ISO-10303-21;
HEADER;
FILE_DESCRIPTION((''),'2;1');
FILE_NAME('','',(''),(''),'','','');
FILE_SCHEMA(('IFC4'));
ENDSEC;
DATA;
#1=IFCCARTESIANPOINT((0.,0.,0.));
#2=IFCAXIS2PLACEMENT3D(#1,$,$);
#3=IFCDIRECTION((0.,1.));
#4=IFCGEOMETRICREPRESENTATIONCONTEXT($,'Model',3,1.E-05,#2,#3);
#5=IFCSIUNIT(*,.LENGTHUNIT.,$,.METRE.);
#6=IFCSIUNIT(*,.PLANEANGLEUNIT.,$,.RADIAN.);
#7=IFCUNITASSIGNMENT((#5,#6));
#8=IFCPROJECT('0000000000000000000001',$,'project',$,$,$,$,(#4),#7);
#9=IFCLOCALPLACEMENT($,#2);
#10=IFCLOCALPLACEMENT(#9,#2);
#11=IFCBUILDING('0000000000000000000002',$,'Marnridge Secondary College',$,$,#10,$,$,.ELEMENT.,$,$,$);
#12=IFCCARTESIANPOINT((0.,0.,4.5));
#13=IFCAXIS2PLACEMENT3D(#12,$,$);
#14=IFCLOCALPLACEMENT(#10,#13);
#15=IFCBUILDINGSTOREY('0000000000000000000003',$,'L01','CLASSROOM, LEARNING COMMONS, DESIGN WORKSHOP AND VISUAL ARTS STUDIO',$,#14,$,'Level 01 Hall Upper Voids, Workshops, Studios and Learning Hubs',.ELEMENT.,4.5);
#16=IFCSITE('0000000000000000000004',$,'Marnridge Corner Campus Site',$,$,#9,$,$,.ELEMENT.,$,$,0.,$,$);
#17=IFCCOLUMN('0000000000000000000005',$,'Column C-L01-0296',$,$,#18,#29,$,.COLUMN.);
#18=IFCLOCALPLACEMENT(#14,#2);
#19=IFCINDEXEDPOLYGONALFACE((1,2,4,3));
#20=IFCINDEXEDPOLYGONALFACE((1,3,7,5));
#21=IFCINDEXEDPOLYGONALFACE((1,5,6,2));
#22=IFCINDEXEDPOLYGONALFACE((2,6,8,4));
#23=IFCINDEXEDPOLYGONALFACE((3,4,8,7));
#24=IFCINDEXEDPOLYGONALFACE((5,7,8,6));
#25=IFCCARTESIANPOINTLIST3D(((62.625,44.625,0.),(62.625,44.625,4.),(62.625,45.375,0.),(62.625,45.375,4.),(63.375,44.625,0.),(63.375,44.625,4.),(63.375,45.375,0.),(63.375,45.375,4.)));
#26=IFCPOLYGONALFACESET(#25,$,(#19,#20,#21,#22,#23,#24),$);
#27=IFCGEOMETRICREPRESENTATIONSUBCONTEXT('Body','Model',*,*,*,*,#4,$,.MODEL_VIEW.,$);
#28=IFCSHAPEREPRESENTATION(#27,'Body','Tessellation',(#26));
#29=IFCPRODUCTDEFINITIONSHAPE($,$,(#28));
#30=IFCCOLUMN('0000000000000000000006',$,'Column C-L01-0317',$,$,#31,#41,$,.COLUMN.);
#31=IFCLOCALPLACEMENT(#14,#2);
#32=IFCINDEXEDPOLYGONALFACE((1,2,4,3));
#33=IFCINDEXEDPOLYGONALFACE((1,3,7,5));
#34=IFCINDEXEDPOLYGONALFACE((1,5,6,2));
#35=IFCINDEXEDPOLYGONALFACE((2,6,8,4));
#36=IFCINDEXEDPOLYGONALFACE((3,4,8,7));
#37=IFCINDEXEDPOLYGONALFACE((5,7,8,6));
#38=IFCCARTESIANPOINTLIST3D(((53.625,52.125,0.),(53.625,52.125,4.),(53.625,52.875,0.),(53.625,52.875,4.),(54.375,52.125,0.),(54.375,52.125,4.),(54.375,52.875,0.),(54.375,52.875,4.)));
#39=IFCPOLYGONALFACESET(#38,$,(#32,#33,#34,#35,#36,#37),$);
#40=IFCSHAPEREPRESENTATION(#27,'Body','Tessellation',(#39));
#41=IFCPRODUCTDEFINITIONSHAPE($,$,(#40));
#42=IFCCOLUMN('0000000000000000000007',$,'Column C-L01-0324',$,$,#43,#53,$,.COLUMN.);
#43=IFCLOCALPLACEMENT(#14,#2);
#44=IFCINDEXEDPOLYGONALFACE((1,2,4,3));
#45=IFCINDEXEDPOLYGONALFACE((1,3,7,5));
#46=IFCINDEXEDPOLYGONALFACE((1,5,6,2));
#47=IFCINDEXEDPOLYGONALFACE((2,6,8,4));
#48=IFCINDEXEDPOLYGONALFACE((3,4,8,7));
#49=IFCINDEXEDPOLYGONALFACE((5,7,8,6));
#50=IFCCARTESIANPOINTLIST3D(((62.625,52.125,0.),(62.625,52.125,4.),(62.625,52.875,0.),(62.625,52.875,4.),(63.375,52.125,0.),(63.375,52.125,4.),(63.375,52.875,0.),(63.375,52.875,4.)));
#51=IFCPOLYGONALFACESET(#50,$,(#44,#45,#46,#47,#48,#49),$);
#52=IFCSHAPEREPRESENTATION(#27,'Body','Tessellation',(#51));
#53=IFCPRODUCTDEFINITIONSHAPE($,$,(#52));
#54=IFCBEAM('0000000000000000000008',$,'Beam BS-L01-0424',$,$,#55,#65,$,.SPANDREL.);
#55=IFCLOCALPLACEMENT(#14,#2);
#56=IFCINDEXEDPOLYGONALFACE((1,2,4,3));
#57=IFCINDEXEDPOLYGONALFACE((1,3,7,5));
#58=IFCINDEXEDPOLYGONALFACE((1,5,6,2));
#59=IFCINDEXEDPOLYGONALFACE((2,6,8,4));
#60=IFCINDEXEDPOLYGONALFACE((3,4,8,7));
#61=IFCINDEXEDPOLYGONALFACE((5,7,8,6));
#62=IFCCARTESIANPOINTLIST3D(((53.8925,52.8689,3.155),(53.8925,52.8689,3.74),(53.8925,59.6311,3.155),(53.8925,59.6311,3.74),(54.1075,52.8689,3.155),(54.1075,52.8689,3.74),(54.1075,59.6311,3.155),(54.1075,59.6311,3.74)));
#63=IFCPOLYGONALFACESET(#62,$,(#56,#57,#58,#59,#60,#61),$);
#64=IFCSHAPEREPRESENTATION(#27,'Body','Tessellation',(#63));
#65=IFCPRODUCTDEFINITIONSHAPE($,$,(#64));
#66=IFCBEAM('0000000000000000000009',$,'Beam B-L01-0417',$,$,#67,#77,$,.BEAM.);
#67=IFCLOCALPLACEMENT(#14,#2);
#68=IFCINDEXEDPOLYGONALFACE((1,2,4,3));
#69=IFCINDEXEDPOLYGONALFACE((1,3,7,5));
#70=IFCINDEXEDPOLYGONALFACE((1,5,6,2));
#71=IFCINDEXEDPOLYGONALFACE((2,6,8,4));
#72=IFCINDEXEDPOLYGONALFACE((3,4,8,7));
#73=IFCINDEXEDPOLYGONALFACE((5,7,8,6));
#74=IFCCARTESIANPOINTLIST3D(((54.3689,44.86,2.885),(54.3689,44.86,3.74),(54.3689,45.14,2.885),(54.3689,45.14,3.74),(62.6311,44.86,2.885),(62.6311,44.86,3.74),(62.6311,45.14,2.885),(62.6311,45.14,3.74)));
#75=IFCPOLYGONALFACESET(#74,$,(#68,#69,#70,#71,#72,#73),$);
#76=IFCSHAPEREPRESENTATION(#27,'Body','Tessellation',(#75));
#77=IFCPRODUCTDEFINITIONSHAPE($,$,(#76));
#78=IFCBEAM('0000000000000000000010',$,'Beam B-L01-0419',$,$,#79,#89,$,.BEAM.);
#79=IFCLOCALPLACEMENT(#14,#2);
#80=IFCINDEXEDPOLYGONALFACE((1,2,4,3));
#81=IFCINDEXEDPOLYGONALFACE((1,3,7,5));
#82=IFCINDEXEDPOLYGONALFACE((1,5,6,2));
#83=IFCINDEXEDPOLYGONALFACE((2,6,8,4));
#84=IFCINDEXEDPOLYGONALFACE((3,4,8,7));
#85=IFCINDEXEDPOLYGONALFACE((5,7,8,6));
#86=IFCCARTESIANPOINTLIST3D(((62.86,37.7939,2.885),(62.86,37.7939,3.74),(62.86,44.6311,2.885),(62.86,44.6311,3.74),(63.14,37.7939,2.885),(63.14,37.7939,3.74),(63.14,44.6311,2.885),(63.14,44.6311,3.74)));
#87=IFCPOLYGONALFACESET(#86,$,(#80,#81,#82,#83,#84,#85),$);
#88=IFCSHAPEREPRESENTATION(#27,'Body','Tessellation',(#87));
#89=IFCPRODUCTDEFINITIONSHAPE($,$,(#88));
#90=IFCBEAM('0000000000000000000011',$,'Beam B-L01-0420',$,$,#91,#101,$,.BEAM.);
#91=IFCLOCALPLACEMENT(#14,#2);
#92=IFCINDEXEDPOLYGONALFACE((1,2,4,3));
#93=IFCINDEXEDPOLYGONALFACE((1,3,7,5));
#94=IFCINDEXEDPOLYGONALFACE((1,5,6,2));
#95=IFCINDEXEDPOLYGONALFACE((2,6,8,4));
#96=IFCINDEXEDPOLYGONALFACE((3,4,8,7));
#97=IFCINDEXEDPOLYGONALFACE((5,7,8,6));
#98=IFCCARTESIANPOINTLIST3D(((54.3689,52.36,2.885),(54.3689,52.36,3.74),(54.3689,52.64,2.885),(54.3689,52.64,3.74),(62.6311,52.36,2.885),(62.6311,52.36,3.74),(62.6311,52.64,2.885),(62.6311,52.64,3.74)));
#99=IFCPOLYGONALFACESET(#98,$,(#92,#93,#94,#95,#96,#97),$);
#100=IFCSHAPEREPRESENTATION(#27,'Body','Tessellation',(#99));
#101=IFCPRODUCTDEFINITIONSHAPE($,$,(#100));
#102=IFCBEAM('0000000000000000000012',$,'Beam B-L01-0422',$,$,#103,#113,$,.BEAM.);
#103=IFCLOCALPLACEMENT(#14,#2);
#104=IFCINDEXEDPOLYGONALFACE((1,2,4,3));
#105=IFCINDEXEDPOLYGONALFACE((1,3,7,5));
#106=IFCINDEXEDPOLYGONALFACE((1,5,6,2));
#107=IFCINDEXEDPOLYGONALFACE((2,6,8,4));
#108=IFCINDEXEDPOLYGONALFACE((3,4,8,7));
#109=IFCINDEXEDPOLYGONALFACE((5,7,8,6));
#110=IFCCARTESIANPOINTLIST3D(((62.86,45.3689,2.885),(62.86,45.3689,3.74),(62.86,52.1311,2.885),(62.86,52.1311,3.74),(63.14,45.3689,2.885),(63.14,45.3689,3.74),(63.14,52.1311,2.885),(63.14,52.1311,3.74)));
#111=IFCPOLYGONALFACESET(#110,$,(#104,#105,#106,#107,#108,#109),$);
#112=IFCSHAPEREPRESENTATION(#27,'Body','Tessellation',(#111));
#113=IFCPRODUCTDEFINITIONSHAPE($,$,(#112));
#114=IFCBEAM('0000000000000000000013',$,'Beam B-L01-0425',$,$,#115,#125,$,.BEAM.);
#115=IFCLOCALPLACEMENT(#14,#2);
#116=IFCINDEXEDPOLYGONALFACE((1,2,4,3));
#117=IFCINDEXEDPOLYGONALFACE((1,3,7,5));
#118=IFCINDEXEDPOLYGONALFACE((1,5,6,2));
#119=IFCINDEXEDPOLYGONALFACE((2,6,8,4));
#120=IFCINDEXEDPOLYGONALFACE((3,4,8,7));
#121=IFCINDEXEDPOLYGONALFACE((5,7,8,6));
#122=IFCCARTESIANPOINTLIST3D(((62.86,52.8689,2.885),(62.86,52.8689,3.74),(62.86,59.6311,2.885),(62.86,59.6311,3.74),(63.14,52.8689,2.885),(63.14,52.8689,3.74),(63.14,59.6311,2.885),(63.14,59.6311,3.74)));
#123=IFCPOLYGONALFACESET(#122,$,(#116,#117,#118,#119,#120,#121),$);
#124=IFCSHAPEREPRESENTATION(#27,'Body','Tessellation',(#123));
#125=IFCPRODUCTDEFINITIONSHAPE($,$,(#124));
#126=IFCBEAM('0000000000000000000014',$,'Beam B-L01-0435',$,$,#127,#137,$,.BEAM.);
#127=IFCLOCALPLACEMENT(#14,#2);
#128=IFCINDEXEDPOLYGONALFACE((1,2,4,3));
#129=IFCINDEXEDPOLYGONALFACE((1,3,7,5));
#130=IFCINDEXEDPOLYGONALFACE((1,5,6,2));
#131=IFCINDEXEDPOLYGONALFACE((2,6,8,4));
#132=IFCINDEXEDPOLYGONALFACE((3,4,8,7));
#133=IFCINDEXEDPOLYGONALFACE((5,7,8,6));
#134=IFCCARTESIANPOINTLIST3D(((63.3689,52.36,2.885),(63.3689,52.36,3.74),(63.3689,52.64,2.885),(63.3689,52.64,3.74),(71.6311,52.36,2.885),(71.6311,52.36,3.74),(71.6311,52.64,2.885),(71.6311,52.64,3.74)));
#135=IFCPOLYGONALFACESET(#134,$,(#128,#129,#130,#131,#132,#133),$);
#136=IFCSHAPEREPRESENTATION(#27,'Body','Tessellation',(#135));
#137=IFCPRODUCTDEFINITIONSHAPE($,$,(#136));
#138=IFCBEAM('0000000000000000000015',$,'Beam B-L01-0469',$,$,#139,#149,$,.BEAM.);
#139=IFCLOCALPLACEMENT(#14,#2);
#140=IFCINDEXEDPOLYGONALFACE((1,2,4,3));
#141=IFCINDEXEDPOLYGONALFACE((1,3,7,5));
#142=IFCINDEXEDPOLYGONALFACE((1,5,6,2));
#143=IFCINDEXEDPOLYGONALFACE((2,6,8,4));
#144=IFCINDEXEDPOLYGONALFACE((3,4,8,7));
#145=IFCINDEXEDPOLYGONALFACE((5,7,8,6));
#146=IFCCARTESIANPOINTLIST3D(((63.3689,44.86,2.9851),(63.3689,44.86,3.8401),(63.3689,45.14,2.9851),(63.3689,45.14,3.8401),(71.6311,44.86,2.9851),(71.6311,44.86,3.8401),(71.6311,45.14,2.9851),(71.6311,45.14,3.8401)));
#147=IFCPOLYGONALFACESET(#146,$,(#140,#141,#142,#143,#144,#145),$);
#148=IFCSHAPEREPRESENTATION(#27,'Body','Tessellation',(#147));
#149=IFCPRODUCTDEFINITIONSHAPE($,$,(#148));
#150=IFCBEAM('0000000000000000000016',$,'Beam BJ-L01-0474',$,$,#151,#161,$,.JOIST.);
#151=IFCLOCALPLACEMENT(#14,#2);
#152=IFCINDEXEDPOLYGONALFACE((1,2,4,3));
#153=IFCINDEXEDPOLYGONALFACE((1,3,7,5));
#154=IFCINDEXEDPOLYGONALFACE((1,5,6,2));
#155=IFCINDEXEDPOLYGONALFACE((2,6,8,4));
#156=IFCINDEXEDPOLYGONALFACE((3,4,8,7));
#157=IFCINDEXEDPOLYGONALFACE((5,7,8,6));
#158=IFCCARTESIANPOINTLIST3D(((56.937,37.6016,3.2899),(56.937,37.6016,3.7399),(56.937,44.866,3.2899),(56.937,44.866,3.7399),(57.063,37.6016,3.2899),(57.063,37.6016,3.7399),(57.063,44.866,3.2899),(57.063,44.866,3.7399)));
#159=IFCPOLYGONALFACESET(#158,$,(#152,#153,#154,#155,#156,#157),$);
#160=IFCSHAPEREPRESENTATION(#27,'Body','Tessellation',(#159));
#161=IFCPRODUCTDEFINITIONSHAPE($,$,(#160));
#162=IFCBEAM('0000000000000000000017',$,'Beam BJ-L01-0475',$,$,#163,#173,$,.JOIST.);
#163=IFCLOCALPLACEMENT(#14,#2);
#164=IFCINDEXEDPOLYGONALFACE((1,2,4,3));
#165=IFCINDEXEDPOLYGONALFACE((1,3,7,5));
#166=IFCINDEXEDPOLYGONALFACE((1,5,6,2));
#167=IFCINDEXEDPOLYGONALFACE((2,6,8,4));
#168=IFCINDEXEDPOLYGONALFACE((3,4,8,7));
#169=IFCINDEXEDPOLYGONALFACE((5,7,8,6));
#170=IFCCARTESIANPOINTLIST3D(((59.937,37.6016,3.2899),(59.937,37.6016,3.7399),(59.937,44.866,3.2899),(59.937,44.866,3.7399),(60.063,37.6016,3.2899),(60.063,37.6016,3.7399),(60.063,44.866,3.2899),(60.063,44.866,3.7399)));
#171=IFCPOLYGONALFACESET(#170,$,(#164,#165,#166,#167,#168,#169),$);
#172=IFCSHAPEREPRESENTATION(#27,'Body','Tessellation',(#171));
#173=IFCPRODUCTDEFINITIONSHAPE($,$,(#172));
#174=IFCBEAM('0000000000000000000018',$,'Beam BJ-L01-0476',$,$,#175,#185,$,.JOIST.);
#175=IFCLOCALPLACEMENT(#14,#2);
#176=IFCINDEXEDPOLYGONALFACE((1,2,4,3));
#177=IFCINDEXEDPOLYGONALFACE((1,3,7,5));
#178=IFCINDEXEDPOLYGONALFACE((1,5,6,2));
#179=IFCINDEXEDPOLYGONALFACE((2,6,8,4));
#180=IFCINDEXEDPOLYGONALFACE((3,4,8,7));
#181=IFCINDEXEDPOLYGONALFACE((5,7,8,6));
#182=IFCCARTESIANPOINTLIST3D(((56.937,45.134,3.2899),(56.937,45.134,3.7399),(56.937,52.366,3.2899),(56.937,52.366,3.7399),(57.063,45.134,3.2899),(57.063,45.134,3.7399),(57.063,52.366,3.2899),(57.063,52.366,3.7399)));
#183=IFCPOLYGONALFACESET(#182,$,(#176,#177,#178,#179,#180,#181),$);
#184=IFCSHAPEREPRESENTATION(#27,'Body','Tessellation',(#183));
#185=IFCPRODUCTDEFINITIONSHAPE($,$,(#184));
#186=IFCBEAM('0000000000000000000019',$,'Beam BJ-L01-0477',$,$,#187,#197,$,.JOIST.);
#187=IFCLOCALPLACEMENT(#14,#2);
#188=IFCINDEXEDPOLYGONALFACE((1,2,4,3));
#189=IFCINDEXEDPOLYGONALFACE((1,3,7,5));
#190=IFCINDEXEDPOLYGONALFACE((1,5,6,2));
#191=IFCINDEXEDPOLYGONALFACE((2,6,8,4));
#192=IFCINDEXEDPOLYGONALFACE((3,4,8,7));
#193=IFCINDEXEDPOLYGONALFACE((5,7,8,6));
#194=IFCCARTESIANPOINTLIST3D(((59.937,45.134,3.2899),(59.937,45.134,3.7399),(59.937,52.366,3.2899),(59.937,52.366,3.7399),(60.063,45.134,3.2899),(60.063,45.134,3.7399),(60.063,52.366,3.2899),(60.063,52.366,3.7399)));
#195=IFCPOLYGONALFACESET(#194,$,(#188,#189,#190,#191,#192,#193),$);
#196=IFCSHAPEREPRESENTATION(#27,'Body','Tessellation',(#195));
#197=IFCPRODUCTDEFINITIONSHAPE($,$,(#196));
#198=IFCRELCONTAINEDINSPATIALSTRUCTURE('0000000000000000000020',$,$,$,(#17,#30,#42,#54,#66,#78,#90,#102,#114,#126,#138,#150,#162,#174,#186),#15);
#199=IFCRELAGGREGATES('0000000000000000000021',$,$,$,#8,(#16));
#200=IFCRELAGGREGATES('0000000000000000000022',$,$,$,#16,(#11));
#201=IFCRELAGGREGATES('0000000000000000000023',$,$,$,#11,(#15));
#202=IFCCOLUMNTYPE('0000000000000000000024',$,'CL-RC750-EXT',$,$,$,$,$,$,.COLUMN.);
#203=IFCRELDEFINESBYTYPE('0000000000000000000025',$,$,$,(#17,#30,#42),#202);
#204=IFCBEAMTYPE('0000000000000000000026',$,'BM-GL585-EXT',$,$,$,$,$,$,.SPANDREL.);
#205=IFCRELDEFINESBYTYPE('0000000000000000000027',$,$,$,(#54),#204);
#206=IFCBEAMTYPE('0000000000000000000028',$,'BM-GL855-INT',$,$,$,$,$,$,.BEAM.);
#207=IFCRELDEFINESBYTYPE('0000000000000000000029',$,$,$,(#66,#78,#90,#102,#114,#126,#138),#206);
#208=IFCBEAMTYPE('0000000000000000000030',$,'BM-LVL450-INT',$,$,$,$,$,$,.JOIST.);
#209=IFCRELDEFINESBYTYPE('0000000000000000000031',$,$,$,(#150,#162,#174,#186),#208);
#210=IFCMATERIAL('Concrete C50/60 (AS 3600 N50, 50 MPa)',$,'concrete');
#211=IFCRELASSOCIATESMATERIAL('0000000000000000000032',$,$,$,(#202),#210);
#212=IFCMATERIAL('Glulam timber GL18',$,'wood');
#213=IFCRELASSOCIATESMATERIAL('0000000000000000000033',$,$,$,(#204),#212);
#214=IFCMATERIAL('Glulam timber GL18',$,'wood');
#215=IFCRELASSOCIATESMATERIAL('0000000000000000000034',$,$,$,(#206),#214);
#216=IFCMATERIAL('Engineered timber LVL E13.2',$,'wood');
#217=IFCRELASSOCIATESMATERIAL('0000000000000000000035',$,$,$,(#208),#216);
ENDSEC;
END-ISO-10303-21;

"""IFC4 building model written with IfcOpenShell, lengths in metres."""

from ifc_helpers import new_model, si_unit, direction, frame, origin, origin_2d, place, context, subcontext, project, spatial, rectangle, extrude, material, material_profile, profile_set, type_object, element, save


model = new_model("IFC4")

# Units and contexts
model_context = context("Model", 3, precision=1e-05, world=origin(), true_north=direction((0.0, 1.0)))
body_context = subcontext(model_context, "Body", "Model", "MODEL_VIEW")
ifc_project = project(units=[si_unit("LENGTHUNIT", "METRE"), si_unit("PLANEANGLEUNIT", "RADIAN")], contexts=[model_context])

# Site, building, storey
site_placement = place(None, origin())
site = spatial("IfcSite", under=ifc_project, at=site_placement, Name="Marnridge Corner Campus Site", CompositionType="ELEMENT", RefElevation=0.0)
building_placement = place(site_placement, origin())
building = spatial("IfcBuilding", under=site, at=building_placement, Name="Marnridge Secondary College", CompositionType="ELEMENT")
storey_placement = place(building_placement, frame((0.0, 0.0, 4.5)))
storey = spatial("IfcBuildingStorey", under=building, at=storey_placement, Name="L01", Description="CLASSROOM, LEARNING COMMONS, DESIGN WORKSHOP AND VISUAL ARTS STUDIO", LongName="Level 01 Hall Upper Voids, Workshops, Studios and Learning Hubs", CompositionType="ELEMENT", Elevation=4.5)

# Columns
ifc_material_1 = material(Name="Concrete C50/60 (AS 3600 N50, 50 MPa)", Category="concrete")
ifc_material_profile_1 = material_profile(ifc_material_1, rectangle(XDim=0.75, YDim=0.75, at=origin_2d()), Name="RC 750x750")
ifc_profile_set_1 = profile_set([ifc_material_profile_1], Name="Concrete C50/60 (AS 3600 N50, 50 MPa)")
column_type = type_object("IfcColumnType", Name="CL-RC750-EXT", PredefinedType="COLUMN", material=ifc_profile_set_1)
for number, where, z_axis, x_axis, name in (
    (1, (63.0, 45.0, 0.0), (0.0, 0.0, 1.0), (1.0, 0.0, 0.0), "Column C-L01-0296"),
    (2, (54.0, 52.5, 0.0), (0.0, 0.0, 1.0), (1.0, 0.0, 0.0), "Column C-L01-0317"),
    (3, (63.0, 52.5, 0.0), (0.0, 0.0, 1.0), (1.0, 0.0, 0.0), "Column C-L01-0324"),
):
    element("IfcColumn", number, at=place(storey_placement, frame(where, z_axis=z_axis, x_axis=x_axis)), inside=storey, type_object=column_type, Name=name, PredefinedType="COLUMN", context=body_context, shape_type="SweptSolid", body=[
        extrude(rectangle(XDim=0.75, YDim=0.75, at=origin_2d()), origin(), (0.0, 0.0, 1.0), 4.0),
    ])

# Beams
ifc_material_2 = material(Name="Glulam timber GL18", Category="wood")
ifc_material_profile_2 = material_profile(ifc_material_2, rectangle(XDim=0.2151, YDim=0.585, at=origin_2d()), Name="GL18 215x585")
ifc_profile_set_2 = profile_set([ifc_material_profile_2], Name="Glulam timber GL18")
beam_type_1 = type_object("IfcBeamType", Name="BM-GL585-EXT", PredefinedType="SPANDREL", material=ifc_profile_set_2)
beam_1_placement = place(storey_placement, frame((54.0, 52.8689, 3.4475), z_axis=(0.0, 1.0, 0.0), x_axis=(-1.0, 0.0, 0.0)))
element("IfcBeam", 4, at=beam_1_placement, inside=storey, type_object=beam_type_1, Name="Beam BS-L01-0424", PredefinedType="SPANDREL", context=body_context, shape_type="SweptSolid", body=[
    extrude(rectangle(XDim=0.2151, YDim=0.585, at=origin_2d()), origin(), (0.0, 0.0, 1.0), 6.7622),
])
ifc_material_3 = material(Name="Glulam timber GL18", Category="wood")
ifc_material_profile_3 = material_profile(ifc_material_3, rectangle(XDim=0.28, YDim=0.855, at=origin_2d()), Name="GL18 280x855")
ifc_profile_set_3 = profile_set([ifc_material_profile_3], Name="Glulam timber GL18")
beam_type_2 = type_object("IfcBeamType", Name="BM-GL855-INT", PredefinedType="BEAM", material=ifc_profile_set_3)
beam_2_placement = place(storey_placement, frame((54.3689, 45.0, 3.3125), z_axis=(1.0, 0.0, 0.0), x_axis=(0.0, 1.0, 0.0)))
element("IfcBeam", 5, at=beam_2_placement, inside=storey, type_object=beam_type_2, Name="Beam B-L01-0417", PredefinedType="BEAM", context=body_context, shape_type="SweptSolid", body=[
    extrude(rectangle(XDim=0.28, YDim=0.855, at=origin_2d()), origin(), (0.0, 0.0, 1.0), 8.2622),
])
beam_3_placement = place(storey_placement, frame((63.0, 37.7939, 3.3125), z_axis=(0.0, 1.0, 0.0), x_axis=(-1.0, 0.0, 0.0)))
element("IfcBeam", 6, at=beam_3_placement, inside=storey, type_object=beam_type_2, Name="Beam B-L01-0419", PredefinedType="BEAM", context=body_context, shape_type="SweptSolid", body=[
    extrude(rectangle(XDim=0.28, YDim=0.855, at=origin_2d()), origin(), (0.0, 0.0, 1.0), 6.8372),
])
beam_4_placement = place(storey_placement, frame((54.3689, 52.5, 3.3125), z_axis=(1.0, 0.0, 0.0), x_axis=(0.0, 1.0, 0.0)))
element("IfcBeam", 7, at=beam_4_placement, inside=storey, type_object=beam_type_2, Name="Beam B-L01-0420", PredefinedType="BEAM", context=body_context, shape_type="SweptSolid", body=[
    extrude(rectangle(XDim=0.28, YDim=0.855, at=origin_2d()), origin(), (0.0, 0.0, 1.0), 8.2622),
])
for number, where, z_axis, x_axis, name in (
    (8, (63.0, 45.3689, 3.3125), (0.0, 1.0, 0.0), (-1.0, 0.0, 0.0), "Beam B-L01-0422"),
    (9, (63.0, 52.8689, 3.3125), (0.0, 1.0, 0.0), (-1.0, 0.0, 0.0), "Beam B-L01-0425"),
):
    element("IfcBeam", number, at=place(storey_placement, frame(where, z_axis=z_axis, x_axis=x_axis)), inside=storey, type_object=beam_type_2, Name=name, PredefinedType="BEAM", context=body_context, shape_type="SweptSolid", body=[
        extrude(rectangle(XDim=0.28, YDim=0.855, at=origin_2d()), origin(), (0.0, 0.0, 1.0), 6.7622),
    ])
for number, where, z_axis, x_axis, name in (
    (10, (63.3689, 52.5, 3.3125), (1.0, 0.0, 0.0), (0.0, 1.0, 0.0), "Beam B-L01-0435"),
    (11, (63.3689, 45.0, 3.4126), (1.0, 0.0, 0.0), (0.0, 1.0, 0.0), "Beam B-L01-0469"),
):
    element("IfcBeam", number, at=place(storey_placement, frame(where, z_axis=z_axis, x_axis=x_axis)), inside=storey, type_object=beam_type_2, Name=name, PredefinedType="BEAM", context=body_context, shape_type="SweptSolid", body=[
        extrude(rectangle(XDim=0.28, YDim=0.855, at=origin_2d()), origin(), (0.0, 0.0, 1.0), 8.2622),
    ])
ifc_material_4 = material(Name="Engineered timber LVL E13.2", Category="wood")
ifc_material_profile_4 = material_profile(ifc_material_4, rectangle(XDim=0.126, YDim=0.45, at=origin_2d()), Name="LVL 126x450")
ifc_profile_set_4 = profile_set([ifc_material_profile_4], Name="Engineered timber LVL E13.2")
beam_type_3 = type_object("IfcBeamType", Name="BM-LVL450-INT", PredefinedType="JOIST", material=ifc_profile_set_4)
for number, where, z_axis, x_axis, name in (
    (12, (57.0, 37.6016, 3.5149), (0.0, 1.0, 0.0), (-1.0, 0.0, 0.0), "Beam BJ-L01-0474"),
    (13, (60.0, 37.6016, 3.5149), (0.0, 1.0, 0.0), (-1.0, 0.0, 0.0), "Beam BJ-L01-0475"),
):
    element("IfcBeam", number, at=place(storey_placement, frame(where, z_axis=z_axis, x_axis=x_axis)), inside=storey, type_object=beam_type_3, Name=name, PredefinedType="JOIST", context=body_context, shape_type="SweptSolid", body=[
        extrude(rectangle(XDim=0.126, YDim=0.45, at=origin_2d()), origin(), (0.0, 0.0, 1.0), 7.2644),
    ])
for number, where, z_axis, x_axis, name in (
    (14, (57.0, 45.134, 3.5149), (0.0, 1.0, 0.0), (-1.0, 0.0, 0.0), "Beam BJ-L01-0476"),
    (15, (60.0, 45.134, 3.5149), (0.0, 1.0, 0.0), (-1.0, 0.0, 0.0), "Beam BJ-L01-0477"),
):
    element("IfcBeam", number, at=place(storey_placement, frame(where, z_axis=z_axis, x_axis=x_axis)), inside=storey, type_object=beam_type_3, Name=name, PredefinedType="JOIST", context=body_context, shape_type="SweptSolid", body=[
        extrude(rectangle(XDim=0.126, YDim=0.45, at=origin_2d()), origin(), (0.0, 0.0, 1.0), 7.2319),
    ])

save(model, "model.ifc")
